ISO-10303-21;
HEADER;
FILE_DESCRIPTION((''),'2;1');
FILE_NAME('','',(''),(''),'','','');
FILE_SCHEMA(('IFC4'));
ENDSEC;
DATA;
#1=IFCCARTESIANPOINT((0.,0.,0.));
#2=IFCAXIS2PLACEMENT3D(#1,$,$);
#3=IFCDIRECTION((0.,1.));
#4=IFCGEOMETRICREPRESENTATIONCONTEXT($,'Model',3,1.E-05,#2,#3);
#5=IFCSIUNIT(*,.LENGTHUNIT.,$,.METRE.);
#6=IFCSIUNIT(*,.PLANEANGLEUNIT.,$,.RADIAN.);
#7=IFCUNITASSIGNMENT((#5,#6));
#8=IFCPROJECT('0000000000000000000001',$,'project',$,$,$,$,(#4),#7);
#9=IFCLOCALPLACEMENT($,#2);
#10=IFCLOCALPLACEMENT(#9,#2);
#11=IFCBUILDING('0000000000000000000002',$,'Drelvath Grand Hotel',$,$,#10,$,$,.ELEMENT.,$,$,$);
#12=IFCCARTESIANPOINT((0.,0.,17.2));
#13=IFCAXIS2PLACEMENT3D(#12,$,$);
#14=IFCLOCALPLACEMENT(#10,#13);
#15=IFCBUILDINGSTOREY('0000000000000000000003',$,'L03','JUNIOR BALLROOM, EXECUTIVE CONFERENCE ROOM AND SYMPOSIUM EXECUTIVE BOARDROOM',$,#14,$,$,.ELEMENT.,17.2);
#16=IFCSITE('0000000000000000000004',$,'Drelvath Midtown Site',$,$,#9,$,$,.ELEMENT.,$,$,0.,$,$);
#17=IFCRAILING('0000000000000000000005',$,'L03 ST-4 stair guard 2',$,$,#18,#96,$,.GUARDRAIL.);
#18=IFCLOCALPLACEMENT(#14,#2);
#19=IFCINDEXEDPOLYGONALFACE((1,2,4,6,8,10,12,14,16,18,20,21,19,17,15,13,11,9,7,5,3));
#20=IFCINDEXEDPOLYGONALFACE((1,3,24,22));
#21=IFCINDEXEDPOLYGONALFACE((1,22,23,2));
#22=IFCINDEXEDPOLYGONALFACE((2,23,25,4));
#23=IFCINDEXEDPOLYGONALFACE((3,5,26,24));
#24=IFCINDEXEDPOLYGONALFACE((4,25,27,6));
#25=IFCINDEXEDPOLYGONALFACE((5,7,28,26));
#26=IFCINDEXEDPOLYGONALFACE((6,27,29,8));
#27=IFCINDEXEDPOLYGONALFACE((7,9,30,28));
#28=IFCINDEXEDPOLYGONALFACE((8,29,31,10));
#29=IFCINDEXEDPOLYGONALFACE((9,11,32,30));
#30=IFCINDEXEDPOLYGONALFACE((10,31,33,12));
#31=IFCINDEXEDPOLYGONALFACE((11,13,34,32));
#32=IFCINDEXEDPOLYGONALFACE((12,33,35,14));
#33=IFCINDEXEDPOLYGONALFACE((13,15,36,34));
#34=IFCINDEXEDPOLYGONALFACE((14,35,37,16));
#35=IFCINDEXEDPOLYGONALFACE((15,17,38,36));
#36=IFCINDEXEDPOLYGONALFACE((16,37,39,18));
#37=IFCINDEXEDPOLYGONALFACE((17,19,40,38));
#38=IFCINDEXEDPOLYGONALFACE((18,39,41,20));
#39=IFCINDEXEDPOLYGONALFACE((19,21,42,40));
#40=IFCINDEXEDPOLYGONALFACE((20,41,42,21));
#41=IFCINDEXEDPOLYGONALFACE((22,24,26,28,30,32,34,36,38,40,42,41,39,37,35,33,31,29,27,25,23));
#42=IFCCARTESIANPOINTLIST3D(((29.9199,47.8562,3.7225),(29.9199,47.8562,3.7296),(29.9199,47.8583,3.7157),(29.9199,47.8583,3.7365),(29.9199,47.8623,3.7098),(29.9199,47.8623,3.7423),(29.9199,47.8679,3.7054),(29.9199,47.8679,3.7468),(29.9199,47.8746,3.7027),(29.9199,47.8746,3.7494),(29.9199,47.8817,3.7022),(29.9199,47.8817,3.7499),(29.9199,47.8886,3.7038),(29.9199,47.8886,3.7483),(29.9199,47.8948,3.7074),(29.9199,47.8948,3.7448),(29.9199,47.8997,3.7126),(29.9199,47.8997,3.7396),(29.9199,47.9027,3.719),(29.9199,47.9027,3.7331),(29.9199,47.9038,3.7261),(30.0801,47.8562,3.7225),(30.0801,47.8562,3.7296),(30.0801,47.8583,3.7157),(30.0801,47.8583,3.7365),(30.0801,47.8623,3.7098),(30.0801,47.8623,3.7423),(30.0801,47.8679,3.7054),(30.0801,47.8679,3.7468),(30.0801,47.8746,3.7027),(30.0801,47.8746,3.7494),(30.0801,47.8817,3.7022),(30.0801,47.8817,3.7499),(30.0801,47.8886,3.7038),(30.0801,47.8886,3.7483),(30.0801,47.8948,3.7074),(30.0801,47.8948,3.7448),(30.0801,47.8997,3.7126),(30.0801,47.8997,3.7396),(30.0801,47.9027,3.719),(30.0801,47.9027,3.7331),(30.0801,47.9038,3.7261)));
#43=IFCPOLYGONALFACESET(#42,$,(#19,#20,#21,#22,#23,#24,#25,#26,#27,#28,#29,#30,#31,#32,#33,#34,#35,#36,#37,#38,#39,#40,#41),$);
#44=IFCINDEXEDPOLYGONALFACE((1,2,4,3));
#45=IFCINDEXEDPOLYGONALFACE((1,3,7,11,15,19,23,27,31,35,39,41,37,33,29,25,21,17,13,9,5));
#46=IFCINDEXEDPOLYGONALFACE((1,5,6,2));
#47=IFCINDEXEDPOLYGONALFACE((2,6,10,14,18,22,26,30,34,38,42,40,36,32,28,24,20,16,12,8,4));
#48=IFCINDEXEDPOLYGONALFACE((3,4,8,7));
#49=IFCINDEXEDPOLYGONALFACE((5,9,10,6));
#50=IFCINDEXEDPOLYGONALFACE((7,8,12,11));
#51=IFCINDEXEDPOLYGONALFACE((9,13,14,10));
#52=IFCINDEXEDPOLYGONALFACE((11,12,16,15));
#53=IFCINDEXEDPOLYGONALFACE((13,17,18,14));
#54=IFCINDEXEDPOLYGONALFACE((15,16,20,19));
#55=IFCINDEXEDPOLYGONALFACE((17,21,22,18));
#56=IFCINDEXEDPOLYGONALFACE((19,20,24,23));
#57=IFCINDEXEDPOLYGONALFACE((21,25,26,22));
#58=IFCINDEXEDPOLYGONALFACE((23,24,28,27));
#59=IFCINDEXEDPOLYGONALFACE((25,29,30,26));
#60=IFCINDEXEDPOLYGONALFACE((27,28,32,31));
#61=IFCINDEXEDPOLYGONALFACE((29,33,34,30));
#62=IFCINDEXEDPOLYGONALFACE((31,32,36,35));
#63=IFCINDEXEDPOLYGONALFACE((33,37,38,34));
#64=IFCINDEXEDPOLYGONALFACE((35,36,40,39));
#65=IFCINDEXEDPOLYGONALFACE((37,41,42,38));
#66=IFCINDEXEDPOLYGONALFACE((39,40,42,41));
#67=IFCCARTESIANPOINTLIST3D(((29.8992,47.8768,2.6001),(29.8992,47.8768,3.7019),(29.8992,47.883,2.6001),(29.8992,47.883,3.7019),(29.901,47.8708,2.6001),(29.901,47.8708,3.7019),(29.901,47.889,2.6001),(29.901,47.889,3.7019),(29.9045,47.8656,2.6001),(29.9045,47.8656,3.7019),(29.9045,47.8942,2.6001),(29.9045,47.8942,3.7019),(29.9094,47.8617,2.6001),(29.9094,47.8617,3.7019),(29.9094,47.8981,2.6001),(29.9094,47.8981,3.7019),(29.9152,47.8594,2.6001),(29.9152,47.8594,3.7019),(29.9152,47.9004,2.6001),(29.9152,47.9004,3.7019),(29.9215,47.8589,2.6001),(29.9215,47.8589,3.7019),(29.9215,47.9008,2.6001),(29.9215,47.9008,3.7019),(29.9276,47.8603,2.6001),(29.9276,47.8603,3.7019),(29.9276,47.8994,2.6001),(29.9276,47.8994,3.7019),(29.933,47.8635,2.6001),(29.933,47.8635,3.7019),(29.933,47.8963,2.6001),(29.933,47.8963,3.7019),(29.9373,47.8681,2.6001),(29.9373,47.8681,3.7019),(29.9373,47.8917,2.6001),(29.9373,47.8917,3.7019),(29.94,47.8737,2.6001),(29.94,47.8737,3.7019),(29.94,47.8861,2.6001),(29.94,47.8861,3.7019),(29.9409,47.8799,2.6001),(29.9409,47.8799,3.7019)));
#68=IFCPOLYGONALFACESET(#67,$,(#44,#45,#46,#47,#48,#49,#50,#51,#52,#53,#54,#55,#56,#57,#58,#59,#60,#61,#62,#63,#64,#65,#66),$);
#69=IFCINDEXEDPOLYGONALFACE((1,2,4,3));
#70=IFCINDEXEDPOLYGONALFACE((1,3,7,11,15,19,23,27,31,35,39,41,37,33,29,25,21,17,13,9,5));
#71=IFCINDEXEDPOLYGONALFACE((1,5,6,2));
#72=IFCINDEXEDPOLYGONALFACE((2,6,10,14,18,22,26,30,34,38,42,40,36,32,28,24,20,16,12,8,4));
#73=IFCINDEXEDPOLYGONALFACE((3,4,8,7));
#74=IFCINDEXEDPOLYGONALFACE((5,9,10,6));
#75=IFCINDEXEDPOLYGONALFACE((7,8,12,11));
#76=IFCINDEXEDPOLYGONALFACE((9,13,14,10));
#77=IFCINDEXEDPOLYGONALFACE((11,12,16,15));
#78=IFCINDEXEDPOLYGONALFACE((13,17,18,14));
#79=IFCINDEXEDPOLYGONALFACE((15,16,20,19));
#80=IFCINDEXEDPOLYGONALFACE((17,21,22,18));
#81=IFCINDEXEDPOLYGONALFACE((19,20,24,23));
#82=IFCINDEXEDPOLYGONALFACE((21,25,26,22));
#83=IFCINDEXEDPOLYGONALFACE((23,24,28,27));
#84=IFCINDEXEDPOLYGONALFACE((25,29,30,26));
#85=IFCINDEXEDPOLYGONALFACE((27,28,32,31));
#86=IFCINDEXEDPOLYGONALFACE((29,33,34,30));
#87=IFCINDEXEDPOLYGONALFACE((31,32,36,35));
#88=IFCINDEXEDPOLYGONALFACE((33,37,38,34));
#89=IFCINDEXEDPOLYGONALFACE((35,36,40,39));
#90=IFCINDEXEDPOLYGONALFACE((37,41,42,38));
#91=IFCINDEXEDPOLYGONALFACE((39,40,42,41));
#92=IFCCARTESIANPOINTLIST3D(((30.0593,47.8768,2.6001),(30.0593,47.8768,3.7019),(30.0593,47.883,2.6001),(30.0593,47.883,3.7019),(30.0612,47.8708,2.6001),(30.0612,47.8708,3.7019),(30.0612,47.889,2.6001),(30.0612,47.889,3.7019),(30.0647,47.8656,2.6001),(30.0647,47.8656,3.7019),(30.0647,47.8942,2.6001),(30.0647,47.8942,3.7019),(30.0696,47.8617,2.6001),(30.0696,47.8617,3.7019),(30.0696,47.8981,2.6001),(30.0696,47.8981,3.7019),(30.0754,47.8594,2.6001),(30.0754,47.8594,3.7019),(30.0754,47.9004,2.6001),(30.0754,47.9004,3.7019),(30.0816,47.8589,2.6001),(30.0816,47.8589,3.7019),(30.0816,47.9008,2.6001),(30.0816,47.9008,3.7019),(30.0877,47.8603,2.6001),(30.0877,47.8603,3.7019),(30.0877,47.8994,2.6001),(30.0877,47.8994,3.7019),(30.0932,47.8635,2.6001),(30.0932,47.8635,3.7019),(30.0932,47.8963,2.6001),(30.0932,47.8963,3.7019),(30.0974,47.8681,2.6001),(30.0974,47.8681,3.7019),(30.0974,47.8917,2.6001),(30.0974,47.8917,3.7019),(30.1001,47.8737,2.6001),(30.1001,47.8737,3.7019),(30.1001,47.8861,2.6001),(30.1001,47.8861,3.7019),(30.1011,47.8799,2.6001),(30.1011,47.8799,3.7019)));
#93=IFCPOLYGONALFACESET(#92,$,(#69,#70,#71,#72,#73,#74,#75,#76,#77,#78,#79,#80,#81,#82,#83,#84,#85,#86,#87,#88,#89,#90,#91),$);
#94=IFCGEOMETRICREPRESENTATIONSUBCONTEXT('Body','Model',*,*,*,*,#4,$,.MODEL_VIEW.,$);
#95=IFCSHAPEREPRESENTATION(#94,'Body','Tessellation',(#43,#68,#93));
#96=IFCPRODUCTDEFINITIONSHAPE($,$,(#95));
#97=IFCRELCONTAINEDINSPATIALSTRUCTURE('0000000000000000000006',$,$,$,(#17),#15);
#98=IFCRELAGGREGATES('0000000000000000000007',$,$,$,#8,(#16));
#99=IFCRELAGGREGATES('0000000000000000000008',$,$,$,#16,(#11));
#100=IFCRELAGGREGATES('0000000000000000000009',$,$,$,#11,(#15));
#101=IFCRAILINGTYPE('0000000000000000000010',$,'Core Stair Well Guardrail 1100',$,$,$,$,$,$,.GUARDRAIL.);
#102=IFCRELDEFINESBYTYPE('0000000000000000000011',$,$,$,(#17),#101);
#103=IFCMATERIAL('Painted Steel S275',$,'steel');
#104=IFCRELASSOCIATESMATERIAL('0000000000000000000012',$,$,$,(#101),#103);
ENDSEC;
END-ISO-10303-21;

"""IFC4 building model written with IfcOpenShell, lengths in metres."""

from ifc_helpers import new_model, si_unit, direction, frame, origin, origin_2d, place, context, subcontext, project, spatial, circle, extrude, material, type_object, element, save


model = new_model("IFC4")

# Units and contexts
model_context = context("Model", 3, precision=1e-05, world=origin(), true_north=direction((0.0, 1.0)))
body_context = subcontext(model_context, "Body", "Model", "MODEL_VIEW")
ifc_project = project(units=[si_unit("LENGTHUNIT", "METRE"), si_unit("PLANEANGLEUNIT", "RADIAN")], contexts=[model_context])

# Site, building, storey
site_placement = place(None, origin())
site = spatial("IfcSite", under=ifc_project, at=site_placement, Name="Drelvath Midtown Site", CompositionType="ELEMENT", RefElevation=0.0)
building_placement = place(site_placement, origin())
building = spatial("IfcBuilding", under=site, at=building_placement, Name="Drelvath Grand Hotel", CompositionType="ELEMENT")
storey_placement = place(building_placement, frame((0.0, 0.0, 17.2)))
storey = spatial("IfcBuildingStorey", under=building, at=storey_placement, Name="L03", Description="JUNIOR BALLROOM, EXECUTIVE CONFERENCE ROOM AND SYMPOSIUM EXECUTIVE BOARDROOM", CompositionType="ELEMENT", Elevation=17.2)

# Shared definitions
ifc_material_1 = material(Name="Painted Steel S275", Category="steel")

# Railing
railing_type_1 = type_object("IfcRailingType", Name="Core Stair Well Guardrail 1100", PredefinedType="GUARDRAIL", material=ifc_material_1)
railing_1_placement = place(storey_placement, frame((29.9199, 47.8799, 2.6001)))
element("IfcRailing", 1, at=railing_1_placement, inside=storey, type_object=railing_type_1, Name="L03 ST-4 stair guard 2", PredefinedType="GUARDRAIL", context=body_context, shape_type="SweptSolid", body=[
    extrude(circle(Radius=0.0239, at=origin_2d()), frame((0.0, 0.0, 1.126), z_axis=(1.0, 0.0, 0.0), x_axis=(0.0, 1.0, 0.0)), (0.0, 0.0, 1.0), 0.1602),
    extrude(circle(Radius=0.021, at=origin_2d()), origin(), (0.0, 0.0, 1.0), 1.1018),
    extrude(circle(Radius=0.021, at=origin_2d()), frame((0.1602, 0.0, 0.0)), (0.0, 0.0, 1.0), 1.1018),
])

save(model, "model.ifc")
